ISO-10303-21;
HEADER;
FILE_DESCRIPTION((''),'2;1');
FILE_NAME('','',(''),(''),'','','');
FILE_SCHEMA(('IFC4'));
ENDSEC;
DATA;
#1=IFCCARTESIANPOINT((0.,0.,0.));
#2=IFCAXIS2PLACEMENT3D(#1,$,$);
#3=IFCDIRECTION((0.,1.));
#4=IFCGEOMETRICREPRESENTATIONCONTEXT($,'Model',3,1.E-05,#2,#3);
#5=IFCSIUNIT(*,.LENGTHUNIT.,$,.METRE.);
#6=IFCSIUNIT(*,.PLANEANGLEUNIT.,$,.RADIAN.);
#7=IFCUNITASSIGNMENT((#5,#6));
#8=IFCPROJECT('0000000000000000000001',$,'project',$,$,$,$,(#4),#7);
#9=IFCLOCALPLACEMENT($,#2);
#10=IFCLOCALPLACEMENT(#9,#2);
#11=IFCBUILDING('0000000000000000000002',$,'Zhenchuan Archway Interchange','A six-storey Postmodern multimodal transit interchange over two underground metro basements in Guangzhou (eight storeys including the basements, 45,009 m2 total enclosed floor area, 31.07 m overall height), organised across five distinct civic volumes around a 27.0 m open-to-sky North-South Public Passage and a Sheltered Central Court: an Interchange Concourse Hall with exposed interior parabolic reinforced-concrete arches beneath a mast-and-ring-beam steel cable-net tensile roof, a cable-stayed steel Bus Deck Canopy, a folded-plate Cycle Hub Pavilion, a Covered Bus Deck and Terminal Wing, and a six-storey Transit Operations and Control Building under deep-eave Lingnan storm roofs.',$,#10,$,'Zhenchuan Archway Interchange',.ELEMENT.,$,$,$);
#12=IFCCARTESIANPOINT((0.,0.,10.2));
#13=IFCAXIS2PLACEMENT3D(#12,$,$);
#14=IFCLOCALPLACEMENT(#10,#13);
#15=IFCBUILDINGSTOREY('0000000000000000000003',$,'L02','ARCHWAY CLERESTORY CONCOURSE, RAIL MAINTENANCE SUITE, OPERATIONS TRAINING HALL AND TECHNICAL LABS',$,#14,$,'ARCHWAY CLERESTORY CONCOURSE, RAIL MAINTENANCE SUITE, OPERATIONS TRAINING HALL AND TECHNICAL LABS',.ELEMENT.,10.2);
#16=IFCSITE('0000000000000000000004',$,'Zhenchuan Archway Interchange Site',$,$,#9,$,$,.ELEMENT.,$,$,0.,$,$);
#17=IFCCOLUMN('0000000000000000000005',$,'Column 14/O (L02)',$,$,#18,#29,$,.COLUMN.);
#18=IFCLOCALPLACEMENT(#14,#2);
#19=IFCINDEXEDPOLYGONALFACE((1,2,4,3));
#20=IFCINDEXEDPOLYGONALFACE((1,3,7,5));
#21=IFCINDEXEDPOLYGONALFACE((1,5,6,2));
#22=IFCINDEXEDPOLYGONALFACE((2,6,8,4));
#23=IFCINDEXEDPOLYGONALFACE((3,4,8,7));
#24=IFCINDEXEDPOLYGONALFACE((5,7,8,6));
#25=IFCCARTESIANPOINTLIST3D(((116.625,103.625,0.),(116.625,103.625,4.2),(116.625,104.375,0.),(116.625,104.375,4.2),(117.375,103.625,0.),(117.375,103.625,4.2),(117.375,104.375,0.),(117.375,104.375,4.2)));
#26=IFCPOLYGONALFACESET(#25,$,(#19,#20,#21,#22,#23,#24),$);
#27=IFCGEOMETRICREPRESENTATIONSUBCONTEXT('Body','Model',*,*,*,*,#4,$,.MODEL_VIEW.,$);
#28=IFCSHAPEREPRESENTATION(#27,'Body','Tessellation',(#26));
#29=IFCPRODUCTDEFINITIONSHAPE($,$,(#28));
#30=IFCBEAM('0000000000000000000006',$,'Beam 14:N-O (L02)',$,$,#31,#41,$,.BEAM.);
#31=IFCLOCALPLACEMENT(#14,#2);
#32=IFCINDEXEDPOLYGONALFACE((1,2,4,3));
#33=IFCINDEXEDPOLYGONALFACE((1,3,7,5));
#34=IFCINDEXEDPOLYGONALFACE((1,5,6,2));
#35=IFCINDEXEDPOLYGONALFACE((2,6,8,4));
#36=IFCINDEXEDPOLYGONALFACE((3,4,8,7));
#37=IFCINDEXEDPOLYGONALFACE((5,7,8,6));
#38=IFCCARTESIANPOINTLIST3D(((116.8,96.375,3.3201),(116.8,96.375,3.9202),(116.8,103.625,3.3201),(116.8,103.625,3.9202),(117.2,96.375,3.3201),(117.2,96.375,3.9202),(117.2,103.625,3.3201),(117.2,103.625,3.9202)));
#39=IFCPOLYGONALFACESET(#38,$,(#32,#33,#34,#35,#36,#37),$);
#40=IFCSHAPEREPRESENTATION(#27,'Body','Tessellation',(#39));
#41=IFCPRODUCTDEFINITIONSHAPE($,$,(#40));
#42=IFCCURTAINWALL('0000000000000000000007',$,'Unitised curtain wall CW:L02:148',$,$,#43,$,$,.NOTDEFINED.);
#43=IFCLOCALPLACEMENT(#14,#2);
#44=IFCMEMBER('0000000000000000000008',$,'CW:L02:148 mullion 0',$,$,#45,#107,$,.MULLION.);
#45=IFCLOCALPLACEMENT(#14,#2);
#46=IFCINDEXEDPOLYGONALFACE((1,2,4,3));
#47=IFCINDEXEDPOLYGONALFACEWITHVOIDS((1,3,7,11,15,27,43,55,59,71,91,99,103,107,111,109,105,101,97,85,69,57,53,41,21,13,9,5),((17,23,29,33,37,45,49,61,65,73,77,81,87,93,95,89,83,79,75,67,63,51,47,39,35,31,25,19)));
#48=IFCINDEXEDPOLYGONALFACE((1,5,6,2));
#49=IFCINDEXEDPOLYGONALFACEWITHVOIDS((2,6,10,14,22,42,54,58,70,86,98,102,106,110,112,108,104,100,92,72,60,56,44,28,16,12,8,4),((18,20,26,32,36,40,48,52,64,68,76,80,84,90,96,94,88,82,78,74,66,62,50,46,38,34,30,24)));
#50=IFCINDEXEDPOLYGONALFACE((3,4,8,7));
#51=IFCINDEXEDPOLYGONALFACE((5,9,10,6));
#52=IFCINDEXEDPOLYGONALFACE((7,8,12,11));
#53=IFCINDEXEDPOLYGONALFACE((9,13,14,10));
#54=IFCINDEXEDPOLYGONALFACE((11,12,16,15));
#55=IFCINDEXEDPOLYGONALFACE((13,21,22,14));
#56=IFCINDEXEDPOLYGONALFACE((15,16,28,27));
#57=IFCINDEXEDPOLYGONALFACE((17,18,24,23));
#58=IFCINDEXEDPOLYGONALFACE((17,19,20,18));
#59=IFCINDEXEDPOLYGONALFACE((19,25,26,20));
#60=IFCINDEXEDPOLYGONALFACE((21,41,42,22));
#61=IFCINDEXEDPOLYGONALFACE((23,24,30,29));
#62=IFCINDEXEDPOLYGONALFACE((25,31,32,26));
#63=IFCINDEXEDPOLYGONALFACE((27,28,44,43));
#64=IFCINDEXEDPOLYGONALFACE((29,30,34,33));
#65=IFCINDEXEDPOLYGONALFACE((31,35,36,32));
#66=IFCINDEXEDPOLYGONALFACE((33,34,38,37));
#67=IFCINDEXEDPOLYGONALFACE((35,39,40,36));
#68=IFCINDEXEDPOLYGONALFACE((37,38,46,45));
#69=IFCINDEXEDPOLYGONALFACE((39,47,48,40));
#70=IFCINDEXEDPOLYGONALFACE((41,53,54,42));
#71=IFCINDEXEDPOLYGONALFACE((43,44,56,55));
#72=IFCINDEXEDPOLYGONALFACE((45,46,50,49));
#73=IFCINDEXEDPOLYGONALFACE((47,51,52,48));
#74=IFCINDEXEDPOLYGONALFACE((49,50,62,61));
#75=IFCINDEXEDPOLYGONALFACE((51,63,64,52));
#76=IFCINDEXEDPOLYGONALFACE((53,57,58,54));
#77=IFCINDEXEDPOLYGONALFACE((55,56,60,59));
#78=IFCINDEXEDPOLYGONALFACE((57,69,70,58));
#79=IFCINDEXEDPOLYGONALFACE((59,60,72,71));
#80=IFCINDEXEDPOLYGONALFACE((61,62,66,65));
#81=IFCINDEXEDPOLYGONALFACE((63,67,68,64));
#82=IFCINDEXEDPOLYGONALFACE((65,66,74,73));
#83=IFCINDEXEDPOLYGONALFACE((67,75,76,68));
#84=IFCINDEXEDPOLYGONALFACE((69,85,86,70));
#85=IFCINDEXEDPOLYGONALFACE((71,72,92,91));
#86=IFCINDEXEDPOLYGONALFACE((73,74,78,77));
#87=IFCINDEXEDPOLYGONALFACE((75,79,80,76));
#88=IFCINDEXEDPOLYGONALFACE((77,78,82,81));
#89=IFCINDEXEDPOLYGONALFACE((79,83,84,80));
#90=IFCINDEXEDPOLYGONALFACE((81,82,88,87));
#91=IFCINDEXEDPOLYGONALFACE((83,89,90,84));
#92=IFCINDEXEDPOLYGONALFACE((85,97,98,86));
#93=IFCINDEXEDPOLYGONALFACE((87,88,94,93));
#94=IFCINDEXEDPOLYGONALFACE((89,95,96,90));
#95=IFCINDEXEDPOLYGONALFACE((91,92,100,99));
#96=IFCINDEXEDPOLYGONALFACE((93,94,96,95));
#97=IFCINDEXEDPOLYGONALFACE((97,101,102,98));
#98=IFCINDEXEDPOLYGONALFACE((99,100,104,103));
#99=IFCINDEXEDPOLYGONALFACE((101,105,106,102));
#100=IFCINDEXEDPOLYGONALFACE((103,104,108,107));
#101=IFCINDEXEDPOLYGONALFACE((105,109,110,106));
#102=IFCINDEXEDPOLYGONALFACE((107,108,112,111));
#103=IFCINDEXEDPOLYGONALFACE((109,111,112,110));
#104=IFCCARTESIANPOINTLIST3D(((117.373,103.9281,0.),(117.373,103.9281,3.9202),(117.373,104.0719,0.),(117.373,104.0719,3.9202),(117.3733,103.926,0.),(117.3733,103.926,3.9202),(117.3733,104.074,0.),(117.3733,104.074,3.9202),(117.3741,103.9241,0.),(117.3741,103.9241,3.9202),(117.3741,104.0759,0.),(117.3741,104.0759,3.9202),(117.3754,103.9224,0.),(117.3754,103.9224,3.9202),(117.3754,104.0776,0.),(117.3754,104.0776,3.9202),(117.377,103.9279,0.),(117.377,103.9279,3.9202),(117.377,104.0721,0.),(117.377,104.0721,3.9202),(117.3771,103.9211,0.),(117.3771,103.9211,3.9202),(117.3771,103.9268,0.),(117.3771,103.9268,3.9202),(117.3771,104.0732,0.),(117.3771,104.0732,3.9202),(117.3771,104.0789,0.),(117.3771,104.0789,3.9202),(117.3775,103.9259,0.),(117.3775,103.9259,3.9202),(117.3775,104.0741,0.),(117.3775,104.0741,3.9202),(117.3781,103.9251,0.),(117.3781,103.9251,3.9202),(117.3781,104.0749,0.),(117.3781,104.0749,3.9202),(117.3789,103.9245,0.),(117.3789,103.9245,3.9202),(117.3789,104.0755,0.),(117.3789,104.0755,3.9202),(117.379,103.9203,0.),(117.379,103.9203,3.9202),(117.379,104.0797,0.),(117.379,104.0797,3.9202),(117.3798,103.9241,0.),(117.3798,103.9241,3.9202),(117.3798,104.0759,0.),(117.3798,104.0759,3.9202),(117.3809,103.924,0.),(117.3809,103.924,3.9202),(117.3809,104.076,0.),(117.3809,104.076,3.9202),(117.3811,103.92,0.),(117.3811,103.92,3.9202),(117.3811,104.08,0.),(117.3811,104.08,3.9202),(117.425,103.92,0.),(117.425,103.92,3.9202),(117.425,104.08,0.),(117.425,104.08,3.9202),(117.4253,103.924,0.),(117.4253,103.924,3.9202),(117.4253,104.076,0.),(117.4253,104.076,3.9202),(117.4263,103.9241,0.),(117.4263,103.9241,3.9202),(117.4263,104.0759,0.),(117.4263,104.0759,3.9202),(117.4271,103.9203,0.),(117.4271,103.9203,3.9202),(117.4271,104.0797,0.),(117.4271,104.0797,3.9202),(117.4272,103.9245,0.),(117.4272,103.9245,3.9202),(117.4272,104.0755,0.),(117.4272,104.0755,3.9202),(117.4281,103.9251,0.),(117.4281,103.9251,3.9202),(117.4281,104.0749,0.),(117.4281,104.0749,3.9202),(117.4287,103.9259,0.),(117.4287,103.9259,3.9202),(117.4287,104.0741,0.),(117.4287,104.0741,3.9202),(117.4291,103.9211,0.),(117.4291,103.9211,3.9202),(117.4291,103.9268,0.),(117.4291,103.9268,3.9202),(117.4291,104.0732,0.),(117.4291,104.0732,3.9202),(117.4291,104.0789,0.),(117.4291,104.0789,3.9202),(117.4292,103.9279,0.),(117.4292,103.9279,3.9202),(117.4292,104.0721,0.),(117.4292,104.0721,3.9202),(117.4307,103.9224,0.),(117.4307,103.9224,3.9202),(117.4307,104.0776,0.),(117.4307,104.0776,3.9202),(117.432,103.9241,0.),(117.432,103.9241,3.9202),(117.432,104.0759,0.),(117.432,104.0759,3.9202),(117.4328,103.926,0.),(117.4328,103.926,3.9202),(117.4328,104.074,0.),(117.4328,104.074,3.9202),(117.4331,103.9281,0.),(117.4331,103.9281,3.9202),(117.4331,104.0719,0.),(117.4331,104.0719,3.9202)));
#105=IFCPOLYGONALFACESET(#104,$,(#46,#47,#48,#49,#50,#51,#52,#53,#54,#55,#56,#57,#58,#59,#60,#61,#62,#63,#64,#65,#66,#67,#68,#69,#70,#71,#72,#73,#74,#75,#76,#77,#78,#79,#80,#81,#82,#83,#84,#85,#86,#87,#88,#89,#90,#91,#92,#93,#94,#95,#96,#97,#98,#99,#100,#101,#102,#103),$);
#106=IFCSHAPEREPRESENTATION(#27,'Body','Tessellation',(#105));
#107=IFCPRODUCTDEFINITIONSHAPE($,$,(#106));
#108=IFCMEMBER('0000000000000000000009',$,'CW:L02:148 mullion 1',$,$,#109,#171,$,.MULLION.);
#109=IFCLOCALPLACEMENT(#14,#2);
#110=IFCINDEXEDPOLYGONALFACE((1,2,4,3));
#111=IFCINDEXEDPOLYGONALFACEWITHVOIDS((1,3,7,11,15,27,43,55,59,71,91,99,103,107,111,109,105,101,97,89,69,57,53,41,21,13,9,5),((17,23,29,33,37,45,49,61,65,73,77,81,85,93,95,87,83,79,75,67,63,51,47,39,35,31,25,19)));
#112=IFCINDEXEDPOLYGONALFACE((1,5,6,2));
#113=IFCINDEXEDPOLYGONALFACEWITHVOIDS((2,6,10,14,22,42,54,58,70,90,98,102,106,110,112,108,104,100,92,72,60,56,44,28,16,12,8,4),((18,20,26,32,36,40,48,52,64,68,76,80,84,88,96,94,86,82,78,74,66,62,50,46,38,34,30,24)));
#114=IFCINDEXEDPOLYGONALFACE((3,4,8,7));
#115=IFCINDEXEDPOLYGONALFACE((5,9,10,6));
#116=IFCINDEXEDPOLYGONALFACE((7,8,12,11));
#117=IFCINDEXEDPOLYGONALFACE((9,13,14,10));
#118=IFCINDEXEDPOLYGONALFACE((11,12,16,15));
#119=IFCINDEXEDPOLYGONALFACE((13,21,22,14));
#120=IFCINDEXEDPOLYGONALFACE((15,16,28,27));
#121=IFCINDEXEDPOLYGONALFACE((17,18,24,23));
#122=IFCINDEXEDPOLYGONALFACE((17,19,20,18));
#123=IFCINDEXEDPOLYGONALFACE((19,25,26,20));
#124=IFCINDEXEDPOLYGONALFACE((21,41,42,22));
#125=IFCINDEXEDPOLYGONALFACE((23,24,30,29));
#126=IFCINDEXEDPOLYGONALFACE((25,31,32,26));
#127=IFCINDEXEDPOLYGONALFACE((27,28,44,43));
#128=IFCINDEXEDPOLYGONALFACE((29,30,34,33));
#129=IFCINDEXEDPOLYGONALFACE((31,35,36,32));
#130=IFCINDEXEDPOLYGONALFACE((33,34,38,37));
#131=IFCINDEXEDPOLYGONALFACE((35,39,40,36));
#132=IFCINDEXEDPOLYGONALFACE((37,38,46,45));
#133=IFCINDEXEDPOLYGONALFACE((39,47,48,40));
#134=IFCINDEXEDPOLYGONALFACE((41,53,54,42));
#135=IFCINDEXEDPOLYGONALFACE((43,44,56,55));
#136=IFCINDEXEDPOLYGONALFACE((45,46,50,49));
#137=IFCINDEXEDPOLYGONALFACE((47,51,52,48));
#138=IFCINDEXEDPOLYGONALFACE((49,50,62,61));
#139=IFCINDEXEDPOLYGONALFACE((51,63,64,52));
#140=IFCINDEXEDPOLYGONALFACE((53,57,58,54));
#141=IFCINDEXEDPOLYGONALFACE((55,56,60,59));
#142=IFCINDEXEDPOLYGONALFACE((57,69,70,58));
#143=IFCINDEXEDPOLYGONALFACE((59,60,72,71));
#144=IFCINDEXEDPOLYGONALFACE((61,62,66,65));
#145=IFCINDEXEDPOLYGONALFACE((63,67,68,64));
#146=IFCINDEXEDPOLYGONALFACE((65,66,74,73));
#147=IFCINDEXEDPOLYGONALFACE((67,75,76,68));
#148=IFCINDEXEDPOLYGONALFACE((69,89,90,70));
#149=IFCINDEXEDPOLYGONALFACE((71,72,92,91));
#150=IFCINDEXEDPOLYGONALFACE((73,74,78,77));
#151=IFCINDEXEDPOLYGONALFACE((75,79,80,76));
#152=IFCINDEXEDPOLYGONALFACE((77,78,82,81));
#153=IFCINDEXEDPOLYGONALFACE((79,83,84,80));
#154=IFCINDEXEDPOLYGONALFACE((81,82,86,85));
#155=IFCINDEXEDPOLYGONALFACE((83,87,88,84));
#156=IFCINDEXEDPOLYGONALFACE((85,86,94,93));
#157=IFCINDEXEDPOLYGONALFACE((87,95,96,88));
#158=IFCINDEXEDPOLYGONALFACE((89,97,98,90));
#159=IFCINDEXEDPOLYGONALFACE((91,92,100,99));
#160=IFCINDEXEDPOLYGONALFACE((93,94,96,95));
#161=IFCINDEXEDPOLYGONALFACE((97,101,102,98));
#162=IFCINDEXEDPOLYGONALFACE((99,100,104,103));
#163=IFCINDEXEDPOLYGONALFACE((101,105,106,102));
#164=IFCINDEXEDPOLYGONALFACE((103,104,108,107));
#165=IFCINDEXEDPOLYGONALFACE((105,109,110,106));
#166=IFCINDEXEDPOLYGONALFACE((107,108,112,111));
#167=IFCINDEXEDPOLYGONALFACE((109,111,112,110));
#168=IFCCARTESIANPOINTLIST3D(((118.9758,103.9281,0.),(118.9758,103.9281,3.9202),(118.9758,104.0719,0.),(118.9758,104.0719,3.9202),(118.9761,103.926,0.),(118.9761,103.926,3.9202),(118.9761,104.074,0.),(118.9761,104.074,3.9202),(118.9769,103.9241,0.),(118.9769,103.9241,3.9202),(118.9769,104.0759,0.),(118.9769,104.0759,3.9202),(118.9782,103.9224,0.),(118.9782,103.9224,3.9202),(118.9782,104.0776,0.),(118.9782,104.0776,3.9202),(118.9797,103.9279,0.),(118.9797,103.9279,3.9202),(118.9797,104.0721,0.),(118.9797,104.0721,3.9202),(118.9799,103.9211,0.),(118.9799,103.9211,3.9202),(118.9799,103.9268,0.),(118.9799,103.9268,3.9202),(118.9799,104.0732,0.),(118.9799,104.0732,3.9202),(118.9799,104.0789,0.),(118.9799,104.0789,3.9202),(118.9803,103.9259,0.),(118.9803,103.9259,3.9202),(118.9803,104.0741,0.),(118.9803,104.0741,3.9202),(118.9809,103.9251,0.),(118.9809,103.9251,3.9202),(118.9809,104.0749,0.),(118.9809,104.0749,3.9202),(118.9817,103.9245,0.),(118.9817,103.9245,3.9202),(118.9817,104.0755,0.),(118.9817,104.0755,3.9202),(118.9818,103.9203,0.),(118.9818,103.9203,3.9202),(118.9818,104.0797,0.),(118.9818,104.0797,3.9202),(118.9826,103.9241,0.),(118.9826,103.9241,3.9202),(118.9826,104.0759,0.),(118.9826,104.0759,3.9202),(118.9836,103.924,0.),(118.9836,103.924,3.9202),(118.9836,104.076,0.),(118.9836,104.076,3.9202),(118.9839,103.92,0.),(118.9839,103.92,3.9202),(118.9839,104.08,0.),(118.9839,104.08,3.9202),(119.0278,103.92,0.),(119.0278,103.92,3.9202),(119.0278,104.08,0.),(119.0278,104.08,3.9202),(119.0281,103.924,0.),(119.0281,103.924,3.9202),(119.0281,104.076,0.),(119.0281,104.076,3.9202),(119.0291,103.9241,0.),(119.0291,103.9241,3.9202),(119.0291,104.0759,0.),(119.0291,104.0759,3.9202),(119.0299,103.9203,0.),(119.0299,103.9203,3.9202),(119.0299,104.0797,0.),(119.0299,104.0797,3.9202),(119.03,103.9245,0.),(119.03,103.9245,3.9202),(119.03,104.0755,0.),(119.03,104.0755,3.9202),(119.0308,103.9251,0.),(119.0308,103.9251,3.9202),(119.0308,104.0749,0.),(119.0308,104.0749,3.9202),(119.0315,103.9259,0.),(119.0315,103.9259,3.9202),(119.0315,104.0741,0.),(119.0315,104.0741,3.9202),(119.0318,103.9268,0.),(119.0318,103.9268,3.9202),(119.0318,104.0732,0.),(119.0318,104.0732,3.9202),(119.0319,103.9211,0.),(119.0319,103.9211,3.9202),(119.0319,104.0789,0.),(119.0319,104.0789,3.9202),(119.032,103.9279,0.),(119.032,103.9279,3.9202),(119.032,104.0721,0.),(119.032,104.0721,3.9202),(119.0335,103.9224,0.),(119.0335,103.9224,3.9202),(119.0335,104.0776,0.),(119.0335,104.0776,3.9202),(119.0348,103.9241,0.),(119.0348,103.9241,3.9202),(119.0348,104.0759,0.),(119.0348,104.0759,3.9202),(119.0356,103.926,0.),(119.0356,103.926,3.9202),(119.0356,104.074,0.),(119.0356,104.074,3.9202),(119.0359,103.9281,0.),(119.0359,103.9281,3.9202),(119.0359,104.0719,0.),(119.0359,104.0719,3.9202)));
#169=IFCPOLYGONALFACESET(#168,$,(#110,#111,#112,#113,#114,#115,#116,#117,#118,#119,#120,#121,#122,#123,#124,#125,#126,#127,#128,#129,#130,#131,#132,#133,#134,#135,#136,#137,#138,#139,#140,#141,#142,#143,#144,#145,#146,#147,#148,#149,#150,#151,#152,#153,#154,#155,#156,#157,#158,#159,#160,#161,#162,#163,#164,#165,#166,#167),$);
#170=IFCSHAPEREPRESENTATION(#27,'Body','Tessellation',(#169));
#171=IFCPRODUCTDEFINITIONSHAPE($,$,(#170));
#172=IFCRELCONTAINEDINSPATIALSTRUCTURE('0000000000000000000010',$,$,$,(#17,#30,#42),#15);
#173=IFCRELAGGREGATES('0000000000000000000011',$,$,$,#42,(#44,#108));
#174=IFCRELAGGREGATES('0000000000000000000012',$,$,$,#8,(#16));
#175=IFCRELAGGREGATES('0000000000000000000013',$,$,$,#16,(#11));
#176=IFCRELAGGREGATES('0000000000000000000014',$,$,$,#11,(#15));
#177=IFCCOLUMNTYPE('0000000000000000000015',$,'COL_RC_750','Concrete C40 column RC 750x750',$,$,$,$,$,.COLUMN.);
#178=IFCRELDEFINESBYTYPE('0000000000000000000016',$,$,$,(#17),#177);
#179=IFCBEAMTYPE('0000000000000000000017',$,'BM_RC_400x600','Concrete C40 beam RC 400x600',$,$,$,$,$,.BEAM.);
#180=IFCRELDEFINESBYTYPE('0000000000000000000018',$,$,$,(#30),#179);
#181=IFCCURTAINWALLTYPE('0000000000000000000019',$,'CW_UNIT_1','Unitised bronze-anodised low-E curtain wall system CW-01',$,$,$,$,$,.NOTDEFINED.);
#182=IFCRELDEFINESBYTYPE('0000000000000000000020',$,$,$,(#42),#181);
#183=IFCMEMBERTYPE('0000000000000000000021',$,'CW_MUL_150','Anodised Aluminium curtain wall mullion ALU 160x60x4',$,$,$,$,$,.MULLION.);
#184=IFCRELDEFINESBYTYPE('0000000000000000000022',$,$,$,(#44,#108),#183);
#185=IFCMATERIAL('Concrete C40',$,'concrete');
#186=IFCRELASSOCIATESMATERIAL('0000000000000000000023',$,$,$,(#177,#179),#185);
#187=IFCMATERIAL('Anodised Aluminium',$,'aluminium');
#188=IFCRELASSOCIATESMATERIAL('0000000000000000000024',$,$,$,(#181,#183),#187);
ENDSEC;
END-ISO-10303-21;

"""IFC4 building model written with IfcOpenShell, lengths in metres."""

from ifc_helpers import new_model, si_unit, direction, frame, origin, origin_2d, place, context, subcontext, project, spatial, rectangle, hollow_rectangle, extrude, material, material_profile, profile_set, type_object, element, aggregate, save


model = new_model("IFC4")

# Units and contexts
model_context = context("Model", 3, precision=1e-05, world=origin(), true_north=direction((0.0, 1.0)))
body_context = subcontext(model_context, "Body", "Model", "MODEL_VIEW")
ifc_project = project(units=[si_unit("LENGTHUNIT", "METRE"), si_unit("PLANEANGLEUNIT", "RADIAN")], contexts=[model_context])

# Site, building, storey
site_placement = place(None, origin())
site = spatial("IfcSite", under=ifc_project, at=site_placement, Name="Zhenchuan Archway Interchange Site", CompositionType="ELEMENT", RefElevation=0.0)
building_placement = place(site_placement, origin())
building = spatial("IfcBuilding", under=site, at=building_placement, Name="Zhenchuan Archway Interchange", Description="A six-storey Postmodern multimodal transit interchange over two underground metro basements in Guangzhou (eight storeys including the basements, 45,009 m2 total enclosed floor area, 31.07 m overall height), organised across five distinct civic volumes around a 27.0 m open-to-sky North-South Public Passage and a Sheltered Central Court: an Interchange Concourse Hall with exposed interior parabolic reinforced-concrete arches beneath a mast-and-ring-beam steel cable-net tensile roof, a cable-stayed steel Bus Deck Canopy, a folded-plate Cycle Hub Pavilion, a Covered Bus Deck and Terminal Wing, and a six-storey Transit Operations and Control Building under deep-eave Lingnan storm roofs.", LongName="Zhenchuan Archway Interchange", CompositionType="ELEMENT")
storey_placement = place(building_placement, frame((0.0, 0.0, 10.2)))
storey = spatial("IfcBuildingStorey", under=building, at=storey_placement, Name="L02", Description="ARCHWAY CLERESTORY CONCOURSE, RAIL MAINTENANCE SUITE, OPERATIONS TRAINING HALL AND TECHNICAL LABS", LongName="ARCHWAY CLERESTORY CONCOURSE, RAIL MAINTENANCE SUITE, OPERATIONS TRAINING HALL AND TECHNICAL LABS", CompositionType="ELEMENT", Elevation=10.2)

# Column
ifc_material_1 = material(Name="Concrete C40", Category="concrete")
ifc_material_profile_1 = material_profile(ifc_material_1, rectangle(XDim=0.75, YDim=0.75, at=origin_2d()), Name="RC 750x750")
ifc_profile_set_1 = profile_set([ifc_material_profile_1], Name="Concrete C40")
column_type = type_object("IfcColumnType", Name="COL_RC_750", Description="Concrete C40 column RC 750x750", PredefinedType="COLUMN", material=ifc_profile_set_1)
column_placement = place(storey_placement, frame((117.0, 104.0, 0.0), z_axis=(0.0, 0.0, 1.0), x_axis=(1.0, 0.0, 0.0)))
element("IfcColumn", 1, at=column_placement, inside=storey, type_object=column_type, Name="Column 14/O (L02)", PredefinedType="COLUMN", context=body_context, shape_type="SweptSolid", body=[
    extrude(rectangle(XDim=0.75, YDim=0.75, at=origin_2d()), origin(), (0.0, 0.0, 1.0), 4.2),
])

# Beam
ifc_material_profile_2 = material_profile(ifc_material_1, rectangle(XDim=0.3999, YDim=0.6001, at=origin_2d()), Name="RC 400x600")
ifc_profile_set_2 = profile_set([ifc_material_profile_2], Name="Concrete C40")
beam_type_1 = type_object("IfcBeamType", Name="BM_RC_400x600", Description="Concrete C40 beam RC 400x600", PredefinedType="BEAM", material=ifc_profile_set_2)
beam_1_placement = place(storey_placement, frame((117.0, 96.375, 3.6201), z_axis=(0.0, 1.0, 0.0), x_axis=(-1.0, 0.0, 0.0)))
element("IfcBeam", 2, at=beam_1_placement, inside=storey, type_object=beam_type_1, Name="Beam 14:N-O (L02)", PredefinedType="BEAM", context=body_context, shape_type="SweptSolid", body=[
    extrude(rectangle(XDim=0.3999, YDim=0.6001, at=origin_2d()), origin(), (0.0, 0.0, 1.0), 7.25),
])

# Curtain wall, members
ifc_material_2 = material(Name="Anodised Aluminium", Category="aluminium")
curtain_wall_type = type_object("IfcCurtainWallType", Name="CW_UNIT_1", Description="Unitised bronze-anodised low-E curtain wall system CW-01", PredefinedType="NOTDEFINED", material=ifc_material_2)
curtain_wall_placement = place(storey_placement, origin())
curtain_wall = element("IfcCurtainWall", 3, at=curtain_wall_placement, inside=storey, type_object=curtain_wall_type, Name="Unitised curtain wall CW:L02:148", PredefinedType="NOTDEFINED")
ifc_material_profile_3 = material_profile(ifc_material_2, hollow_rectangle(XDim=0.0601, YDim=0.1599, WallThickness=0.0039, InnerFilletRadius=0.0039, OuterFilletRadius=0.0081, at=origin_2d()), Name="ALU 160x60x4")
ifc_profile_set_3 = profile_set([ifc_material_profile_3], Name="Anodised Aluminium")
member_type_1 = type_object("IfcMemberType", Name="CW_MUL_150", Description="Anodised Aluminium curtain wall mullion ALU 160x60x4", PredefinedType="MULLION", material=ifc_profile_set_3)
member_1_placement = place(storey_placement, frame((117.4031, 104.0, 0.0), z_axis=(0.0, 0.0, 1.0), x_axis=(1.0, 0.0, 0.0)))
member_1 = element("IfcMember", 4, at=member_1_placement, type_object=member_type_1, Name="CW:L02:148 mullion 0", PredefinedType="MULLION", context=body_context, shape_type="SweptSolid", body=[
    extrude(hollow_rectangle(XDim=0.0601, YDim=0.1599, WallThickness=0.0039, InnerFilletRadius=0.0039, OuterFilletRadius=0.0081, at=origin_2d()), origin(), (0.0, 0.0, 1.0), 3.9202),
])
member_2_placement = place(storey_placement, frame((119.0059, 104.0, 0.0), z_axis=(0.0, 0.0, 1.0), x_axis=(1.0, 0.0, 0.0)))
member_2 = element("IfcMember", 5, at=member_2_placement, type_object=member_type_1, Name="CW:L02:148 mullion 1", PredefinedType="MULLION", context=body_context, shape_type="SweptSolid", body=[
    extrude(hollow_rectangle(XDim=0.0601, YDim=0.1599, WallThickness=0.0039, InnerFilletRadius=0.0039, OuterFilletRadius=0.0081, at=origin_2d()), origin(), (0.0, 0.0, 1.0), 3.9202),
])

aggregate(curtain_wall, [member_1, member_2])

save(model, "model.ifc")
